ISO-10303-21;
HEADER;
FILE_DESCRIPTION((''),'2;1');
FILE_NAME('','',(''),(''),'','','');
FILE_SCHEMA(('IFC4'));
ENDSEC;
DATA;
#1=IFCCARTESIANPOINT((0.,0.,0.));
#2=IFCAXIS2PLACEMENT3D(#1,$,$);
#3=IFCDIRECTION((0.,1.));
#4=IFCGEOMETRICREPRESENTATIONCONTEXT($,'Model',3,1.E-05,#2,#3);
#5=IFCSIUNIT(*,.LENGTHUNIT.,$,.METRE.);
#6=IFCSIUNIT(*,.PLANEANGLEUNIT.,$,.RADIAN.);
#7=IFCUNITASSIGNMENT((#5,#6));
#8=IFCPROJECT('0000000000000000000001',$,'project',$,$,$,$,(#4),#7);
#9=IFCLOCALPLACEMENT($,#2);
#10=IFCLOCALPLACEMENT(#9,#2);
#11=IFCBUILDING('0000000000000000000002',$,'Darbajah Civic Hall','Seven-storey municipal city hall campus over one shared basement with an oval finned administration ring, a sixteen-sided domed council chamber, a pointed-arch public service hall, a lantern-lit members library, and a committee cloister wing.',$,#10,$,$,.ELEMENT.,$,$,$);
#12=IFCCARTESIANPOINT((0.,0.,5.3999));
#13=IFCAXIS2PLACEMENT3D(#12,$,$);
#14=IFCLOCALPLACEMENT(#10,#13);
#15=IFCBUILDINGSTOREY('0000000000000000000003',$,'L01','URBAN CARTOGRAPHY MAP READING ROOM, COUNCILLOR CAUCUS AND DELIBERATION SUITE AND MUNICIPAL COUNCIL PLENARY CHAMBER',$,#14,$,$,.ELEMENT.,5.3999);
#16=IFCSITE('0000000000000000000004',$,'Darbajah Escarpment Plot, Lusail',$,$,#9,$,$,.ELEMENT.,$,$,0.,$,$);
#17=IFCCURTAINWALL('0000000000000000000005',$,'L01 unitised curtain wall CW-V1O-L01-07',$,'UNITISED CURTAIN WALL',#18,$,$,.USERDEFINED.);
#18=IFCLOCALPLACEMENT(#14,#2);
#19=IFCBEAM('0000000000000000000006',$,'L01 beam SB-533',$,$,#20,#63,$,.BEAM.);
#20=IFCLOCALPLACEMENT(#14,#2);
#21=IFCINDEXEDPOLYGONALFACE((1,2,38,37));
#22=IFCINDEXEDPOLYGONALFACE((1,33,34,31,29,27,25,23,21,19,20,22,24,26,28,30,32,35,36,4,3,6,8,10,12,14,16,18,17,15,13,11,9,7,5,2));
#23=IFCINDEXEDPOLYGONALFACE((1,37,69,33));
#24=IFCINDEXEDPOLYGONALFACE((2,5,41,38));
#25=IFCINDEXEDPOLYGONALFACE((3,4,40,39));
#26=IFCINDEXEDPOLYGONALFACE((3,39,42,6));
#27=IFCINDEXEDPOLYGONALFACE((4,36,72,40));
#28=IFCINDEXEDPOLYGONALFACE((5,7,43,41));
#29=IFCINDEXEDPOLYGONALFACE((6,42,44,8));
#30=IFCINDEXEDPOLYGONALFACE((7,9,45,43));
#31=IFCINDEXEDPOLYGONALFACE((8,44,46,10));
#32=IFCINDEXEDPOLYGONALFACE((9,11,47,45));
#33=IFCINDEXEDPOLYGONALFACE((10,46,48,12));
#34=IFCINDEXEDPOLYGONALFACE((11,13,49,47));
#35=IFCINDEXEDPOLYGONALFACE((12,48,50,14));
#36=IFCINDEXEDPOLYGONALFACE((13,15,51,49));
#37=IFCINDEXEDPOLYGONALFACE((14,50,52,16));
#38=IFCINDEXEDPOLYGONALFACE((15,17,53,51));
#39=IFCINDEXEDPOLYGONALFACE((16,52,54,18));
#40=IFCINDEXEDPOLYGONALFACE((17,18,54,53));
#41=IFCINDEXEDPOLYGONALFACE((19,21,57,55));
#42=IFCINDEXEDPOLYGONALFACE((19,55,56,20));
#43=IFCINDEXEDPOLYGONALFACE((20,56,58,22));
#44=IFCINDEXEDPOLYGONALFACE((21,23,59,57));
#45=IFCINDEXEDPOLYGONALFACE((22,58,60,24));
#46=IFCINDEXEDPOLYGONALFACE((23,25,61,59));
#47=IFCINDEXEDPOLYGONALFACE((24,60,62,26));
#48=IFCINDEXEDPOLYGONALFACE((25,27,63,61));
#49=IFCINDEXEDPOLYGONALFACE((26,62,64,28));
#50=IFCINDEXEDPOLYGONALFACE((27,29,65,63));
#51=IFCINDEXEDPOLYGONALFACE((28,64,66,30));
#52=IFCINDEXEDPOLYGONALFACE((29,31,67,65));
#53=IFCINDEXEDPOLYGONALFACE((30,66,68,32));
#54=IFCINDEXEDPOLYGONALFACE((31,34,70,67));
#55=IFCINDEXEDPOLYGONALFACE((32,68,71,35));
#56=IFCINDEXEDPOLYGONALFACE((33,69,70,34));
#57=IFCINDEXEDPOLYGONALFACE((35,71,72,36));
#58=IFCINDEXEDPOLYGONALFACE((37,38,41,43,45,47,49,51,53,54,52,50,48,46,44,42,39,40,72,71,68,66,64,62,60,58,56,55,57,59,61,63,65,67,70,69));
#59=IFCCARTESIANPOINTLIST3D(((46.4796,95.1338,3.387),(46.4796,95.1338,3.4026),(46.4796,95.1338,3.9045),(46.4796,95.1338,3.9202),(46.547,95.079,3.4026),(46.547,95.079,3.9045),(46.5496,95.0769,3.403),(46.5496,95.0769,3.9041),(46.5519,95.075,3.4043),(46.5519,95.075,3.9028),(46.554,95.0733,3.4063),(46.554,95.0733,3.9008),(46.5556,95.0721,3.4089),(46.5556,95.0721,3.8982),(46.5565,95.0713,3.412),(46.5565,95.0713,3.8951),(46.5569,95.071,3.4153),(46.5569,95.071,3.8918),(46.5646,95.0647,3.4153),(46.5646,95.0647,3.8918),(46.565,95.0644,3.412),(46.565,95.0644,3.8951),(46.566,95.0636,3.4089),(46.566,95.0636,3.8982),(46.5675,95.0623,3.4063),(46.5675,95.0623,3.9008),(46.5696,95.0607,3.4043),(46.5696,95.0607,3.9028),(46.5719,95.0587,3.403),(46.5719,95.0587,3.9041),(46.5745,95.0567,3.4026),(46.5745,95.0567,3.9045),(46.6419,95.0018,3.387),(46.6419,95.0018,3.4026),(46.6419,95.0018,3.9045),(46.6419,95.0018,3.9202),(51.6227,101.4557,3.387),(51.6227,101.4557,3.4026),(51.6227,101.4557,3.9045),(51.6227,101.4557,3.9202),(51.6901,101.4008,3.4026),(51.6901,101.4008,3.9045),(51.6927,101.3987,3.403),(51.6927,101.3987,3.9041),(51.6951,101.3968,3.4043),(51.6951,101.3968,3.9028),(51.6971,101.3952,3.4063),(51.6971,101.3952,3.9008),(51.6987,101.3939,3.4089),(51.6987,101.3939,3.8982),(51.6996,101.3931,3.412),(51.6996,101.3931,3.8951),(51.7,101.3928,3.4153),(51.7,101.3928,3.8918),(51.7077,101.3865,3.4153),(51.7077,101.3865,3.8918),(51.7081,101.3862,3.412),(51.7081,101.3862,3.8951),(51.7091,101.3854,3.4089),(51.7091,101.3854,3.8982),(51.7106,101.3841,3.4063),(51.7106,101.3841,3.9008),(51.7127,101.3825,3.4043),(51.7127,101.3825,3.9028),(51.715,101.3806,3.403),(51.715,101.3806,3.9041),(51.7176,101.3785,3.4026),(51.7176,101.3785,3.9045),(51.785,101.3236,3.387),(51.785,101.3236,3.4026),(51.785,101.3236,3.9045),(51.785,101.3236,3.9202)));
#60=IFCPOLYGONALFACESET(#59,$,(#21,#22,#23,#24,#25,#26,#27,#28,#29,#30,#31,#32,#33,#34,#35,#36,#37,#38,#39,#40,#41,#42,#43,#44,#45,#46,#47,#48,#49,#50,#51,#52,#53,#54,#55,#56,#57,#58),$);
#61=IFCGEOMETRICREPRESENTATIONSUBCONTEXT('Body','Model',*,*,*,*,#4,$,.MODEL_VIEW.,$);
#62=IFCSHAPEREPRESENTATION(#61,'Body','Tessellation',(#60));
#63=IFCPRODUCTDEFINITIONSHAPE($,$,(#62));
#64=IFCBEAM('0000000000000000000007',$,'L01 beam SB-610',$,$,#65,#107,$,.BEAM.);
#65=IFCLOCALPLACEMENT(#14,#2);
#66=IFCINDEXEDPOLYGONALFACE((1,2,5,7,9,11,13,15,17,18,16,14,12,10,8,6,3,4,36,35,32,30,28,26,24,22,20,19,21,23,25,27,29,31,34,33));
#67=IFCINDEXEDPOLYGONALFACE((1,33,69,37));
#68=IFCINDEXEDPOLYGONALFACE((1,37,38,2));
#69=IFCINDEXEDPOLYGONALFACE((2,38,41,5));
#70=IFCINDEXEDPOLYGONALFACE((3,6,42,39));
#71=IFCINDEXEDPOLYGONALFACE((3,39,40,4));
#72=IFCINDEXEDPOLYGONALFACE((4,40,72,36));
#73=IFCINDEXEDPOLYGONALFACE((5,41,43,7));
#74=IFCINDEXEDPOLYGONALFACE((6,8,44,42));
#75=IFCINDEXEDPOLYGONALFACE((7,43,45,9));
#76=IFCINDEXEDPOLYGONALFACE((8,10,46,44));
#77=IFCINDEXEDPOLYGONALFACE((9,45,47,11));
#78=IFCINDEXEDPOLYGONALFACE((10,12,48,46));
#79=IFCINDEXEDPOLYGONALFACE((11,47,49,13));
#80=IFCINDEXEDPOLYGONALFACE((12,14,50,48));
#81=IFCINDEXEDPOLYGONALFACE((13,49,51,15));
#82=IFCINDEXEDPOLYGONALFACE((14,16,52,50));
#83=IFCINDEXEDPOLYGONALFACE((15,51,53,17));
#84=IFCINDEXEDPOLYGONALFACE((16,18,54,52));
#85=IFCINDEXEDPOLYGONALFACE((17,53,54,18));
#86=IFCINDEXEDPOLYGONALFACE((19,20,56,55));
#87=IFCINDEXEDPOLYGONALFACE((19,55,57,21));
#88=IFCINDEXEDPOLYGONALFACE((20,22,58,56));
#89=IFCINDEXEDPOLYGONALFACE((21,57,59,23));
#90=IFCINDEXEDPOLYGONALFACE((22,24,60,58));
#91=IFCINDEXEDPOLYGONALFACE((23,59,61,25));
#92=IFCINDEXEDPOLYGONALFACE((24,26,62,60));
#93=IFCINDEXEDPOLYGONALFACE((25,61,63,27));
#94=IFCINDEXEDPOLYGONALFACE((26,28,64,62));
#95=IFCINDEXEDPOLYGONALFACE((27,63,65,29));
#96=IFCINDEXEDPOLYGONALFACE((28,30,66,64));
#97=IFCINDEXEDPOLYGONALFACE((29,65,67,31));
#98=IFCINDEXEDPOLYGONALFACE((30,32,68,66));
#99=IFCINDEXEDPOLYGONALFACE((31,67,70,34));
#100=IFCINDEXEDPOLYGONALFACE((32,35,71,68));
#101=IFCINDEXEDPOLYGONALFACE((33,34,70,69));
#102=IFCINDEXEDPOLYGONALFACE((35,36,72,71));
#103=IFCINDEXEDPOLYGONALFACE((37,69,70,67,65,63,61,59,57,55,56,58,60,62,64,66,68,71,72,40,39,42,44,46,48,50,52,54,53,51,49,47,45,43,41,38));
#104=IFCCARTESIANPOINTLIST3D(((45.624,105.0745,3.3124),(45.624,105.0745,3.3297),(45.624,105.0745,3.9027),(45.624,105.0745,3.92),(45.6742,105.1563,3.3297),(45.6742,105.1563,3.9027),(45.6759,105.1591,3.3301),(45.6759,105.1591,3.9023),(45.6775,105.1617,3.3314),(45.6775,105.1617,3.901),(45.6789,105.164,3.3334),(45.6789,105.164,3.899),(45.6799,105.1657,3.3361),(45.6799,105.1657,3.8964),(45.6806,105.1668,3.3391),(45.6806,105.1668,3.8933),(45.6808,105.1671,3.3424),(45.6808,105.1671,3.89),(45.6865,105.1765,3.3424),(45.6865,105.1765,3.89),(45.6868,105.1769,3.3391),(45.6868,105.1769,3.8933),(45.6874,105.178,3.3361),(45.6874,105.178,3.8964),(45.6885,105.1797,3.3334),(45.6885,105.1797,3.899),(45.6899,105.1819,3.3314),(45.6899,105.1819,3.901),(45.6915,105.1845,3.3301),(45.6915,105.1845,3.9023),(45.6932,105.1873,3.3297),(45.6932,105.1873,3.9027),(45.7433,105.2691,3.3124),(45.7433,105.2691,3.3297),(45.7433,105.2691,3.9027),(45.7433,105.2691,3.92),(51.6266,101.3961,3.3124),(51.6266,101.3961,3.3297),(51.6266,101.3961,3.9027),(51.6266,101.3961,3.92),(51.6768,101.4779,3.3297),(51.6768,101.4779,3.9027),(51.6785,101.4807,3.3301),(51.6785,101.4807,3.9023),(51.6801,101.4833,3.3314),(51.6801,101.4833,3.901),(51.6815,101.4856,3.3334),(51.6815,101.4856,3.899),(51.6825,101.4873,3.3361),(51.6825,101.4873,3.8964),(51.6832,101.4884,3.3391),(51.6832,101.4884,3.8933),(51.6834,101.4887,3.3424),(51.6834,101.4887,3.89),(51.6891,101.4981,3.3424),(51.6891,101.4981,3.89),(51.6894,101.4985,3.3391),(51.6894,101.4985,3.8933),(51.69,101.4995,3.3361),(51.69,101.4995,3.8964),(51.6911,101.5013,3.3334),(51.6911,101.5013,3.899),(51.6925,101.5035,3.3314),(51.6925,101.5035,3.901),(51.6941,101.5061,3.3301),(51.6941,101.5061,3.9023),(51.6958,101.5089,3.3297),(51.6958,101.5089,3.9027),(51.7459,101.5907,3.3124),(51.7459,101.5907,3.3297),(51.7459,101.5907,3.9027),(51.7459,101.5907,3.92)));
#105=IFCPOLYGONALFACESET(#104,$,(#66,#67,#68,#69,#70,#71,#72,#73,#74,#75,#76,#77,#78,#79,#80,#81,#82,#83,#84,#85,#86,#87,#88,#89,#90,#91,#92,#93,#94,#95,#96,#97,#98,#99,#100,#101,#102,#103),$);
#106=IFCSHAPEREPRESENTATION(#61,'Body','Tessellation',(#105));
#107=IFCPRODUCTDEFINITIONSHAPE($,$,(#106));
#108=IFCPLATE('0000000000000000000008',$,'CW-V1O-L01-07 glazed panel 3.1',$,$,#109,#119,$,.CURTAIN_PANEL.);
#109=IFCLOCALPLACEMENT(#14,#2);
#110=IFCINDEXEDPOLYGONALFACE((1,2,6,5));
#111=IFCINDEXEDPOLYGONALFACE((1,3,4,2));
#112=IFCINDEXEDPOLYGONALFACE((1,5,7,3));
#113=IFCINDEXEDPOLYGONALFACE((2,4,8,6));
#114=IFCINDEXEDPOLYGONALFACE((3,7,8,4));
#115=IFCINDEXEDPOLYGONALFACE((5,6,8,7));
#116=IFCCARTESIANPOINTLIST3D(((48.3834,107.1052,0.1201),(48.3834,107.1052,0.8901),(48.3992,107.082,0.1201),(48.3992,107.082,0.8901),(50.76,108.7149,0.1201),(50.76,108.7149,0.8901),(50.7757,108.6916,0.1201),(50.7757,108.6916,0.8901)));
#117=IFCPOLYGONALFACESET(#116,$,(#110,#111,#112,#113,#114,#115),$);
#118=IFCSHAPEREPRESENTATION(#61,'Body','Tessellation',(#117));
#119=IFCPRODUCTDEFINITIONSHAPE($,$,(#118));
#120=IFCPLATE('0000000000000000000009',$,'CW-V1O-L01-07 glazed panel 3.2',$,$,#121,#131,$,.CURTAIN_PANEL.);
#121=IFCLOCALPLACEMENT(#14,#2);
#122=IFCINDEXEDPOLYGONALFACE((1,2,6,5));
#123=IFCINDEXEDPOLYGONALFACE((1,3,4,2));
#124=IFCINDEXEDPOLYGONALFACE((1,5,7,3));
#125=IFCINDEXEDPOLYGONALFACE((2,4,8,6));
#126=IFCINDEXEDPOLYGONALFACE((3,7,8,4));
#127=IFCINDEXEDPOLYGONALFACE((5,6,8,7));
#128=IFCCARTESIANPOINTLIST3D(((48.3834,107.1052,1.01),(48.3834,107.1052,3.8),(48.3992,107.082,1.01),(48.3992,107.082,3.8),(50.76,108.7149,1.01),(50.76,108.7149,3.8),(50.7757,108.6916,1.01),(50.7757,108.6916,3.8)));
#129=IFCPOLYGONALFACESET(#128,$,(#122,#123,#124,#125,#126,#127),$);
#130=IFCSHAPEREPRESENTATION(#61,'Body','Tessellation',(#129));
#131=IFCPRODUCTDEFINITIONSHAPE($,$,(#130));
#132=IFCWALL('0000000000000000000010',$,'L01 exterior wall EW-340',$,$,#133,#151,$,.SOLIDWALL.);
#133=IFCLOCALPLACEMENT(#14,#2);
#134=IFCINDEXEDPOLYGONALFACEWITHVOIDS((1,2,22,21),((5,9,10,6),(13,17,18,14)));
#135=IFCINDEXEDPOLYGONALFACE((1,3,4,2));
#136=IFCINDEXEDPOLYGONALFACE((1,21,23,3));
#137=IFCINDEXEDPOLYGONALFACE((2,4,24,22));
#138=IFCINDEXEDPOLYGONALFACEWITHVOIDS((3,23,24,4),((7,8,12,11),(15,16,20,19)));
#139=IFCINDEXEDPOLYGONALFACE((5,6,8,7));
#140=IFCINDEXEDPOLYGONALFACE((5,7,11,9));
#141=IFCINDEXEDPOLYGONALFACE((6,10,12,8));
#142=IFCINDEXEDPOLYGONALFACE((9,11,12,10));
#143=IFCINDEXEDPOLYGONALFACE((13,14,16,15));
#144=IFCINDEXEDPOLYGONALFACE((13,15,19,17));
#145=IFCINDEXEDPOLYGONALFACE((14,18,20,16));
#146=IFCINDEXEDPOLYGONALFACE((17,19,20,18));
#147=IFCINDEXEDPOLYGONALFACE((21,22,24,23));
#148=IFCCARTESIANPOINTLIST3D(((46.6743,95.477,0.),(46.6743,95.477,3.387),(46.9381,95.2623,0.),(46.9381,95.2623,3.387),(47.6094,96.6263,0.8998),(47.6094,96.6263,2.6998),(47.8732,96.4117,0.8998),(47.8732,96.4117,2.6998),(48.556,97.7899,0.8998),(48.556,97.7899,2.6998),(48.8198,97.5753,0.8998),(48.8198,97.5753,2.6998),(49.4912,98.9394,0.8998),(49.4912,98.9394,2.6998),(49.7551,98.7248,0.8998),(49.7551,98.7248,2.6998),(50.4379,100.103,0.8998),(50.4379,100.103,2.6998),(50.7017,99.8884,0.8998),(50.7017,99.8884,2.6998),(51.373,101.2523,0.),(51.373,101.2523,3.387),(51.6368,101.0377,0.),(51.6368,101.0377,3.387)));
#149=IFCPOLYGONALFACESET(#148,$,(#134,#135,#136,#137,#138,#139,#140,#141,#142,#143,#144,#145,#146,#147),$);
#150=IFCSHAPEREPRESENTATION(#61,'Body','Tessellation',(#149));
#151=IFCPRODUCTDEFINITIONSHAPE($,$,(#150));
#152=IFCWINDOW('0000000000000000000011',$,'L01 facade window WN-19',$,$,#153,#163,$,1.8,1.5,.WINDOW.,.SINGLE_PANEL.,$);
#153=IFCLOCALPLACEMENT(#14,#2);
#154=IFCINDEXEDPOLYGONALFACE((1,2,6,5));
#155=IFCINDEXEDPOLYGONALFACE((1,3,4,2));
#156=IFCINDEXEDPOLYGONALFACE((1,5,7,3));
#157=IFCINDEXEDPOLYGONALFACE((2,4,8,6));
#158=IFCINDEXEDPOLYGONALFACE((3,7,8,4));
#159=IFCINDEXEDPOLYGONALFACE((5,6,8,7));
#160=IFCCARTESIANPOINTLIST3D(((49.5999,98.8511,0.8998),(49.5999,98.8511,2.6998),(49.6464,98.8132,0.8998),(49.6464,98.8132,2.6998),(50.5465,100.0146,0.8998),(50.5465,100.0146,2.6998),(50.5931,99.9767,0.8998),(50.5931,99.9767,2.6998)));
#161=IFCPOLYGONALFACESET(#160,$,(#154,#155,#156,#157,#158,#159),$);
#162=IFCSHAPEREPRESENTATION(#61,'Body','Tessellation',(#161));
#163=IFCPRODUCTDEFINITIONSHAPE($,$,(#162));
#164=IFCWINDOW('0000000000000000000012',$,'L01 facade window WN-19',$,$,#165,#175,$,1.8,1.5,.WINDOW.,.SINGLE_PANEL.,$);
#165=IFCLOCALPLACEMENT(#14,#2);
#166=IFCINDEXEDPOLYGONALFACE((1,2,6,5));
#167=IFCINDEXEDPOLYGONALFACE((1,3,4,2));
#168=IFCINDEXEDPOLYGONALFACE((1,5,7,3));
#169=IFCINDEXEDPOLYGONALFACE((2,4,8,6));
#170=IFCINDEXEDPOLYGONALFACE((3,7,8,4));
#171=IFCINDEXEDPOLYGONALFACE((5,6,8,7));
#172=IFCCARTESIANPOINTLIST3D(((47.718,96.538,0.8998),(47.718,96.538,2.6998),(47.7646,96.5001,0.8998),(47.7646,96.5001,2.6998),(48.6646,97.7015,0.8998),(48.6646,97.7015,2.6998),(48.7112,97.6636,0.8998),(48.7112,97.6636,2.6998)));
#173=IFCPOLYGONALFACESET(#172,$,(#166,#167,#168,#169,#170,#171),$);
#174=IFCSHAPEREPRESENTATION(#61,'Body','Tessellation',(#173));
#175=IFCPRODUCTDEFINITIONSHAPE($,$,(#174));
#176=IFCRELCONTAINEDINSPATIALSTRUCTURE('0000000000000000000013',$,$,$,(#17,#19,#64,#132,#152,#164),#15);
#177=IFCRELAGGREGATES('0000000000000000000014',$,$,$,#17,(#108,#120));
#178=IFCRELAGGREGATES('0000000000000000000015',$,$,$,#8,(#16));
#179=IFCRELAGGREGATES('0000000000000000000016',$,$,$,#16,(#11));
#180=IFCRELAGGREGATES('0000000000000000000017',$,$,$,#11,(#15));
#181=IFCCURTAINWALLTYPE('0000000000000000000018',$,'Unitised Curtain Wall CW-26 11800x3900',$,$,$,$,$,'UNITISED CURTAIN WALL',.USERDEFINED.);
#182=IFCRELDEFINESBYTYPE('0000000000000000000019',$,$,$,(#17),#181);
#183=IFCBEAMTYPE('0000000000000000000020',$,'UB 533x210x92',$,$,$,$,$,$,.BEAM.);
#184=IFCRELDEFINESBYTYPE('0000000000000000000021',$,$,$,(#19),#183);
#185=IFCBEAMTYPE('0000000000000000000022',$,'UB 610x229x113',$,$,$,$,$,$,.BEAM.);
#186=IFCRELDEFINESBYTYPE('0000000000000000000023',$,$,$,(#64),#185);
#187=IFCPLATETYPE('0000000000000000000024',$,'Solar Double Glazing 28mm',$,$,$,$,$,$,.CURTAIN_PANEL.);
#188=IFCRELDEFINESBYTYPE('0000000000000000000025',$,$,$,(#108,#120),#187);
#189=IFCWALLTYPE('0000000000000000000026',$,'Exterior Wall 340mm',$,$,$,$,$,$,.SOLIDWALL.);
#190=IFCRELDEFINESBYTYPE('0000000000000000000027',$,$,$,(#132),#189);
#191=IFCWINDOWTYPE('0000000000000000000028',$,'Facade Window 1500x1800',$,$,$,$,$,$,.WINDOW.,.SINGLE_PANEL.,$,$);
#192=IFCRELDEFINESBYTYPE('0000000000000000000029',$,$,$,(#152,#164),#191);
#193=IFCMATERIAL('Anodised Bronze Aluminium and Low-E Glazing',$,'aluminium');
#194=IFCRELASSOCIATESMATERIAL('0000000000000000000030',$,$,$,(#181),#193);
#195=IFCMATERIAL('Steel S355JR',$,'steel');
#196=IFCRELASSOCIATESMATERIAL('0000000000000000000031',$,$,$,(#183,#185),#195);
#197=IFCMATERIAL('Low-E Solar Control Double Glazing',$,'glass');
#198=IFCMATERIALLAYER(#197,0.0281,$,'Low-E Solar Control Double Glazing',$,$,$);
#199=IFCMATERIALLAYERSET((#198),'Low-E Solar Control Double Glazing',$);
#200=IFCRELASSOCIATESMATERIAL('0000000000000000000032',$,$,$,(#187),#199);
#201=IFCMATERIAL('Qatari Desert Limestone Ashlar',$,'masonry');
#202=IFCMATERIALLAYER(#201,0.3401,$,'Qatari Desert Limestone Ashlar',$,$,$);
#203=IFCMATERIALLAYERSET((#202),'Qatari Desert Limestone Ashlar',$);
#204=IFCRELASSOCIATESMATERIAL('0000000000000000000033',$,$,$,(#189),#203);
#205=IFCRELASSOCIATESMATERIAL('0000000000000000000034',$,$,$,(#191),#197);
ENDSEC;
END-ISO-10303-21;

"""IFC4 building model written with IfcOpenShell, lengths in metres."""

from ifc_helpers import new_model, si_unit, direction, frame, frame_2d, origin, origin_2d, place, context, subcontext, project, spatial, rectangle, i_section, extrude, material, layer, layer_set, material_profile, profile_set, type_object, element, fill, aggregate, save


model = new_model("IFC4")

# Units and contexts
model_context = context("Model", 3, precision=1e-05, world=origin(), true_north=direction((0.0, 1.0)))
body_context = subcontext(model_context, "Body", "Model", "MODEL_VIEW")
ifc_project = project(units=[si_unit("LENGTHUNIT", "METRE"), si_unit("PLANEANGLEUNIT", "RADIAN")], contexts=[model_context])

# Site, building, storey
site_placement = place(None, origin())
site = spatial("IfcSite", under=ifc_project, at=site_placement, Name="Darbajah Escarpment Plot, Lusail", CompositionType="ELEMENT", RefElevation=0.0)
building_placement = place(site_placement, origin())
building = spatial("IfcBuilding", under=site, at=building_placement, Name="Darbajah Civic Hall", Description="Seven-storey municipal city hall campus over one shared basement with an oval finned administration ring, a sixteen-sided domed council chamber, a pointed-arch public service hall, a lantern-lit members library, and a committee cloister wing.", CompositionType="ELEMENT")
storey_placement = place(building_placement, frame((0.0, 0.0, 5.3999)))
storey = spatial("IfcBuildingStorey", under=building, at=storey_placement, Name="L01", Description="URBAN CARTOGRAPHY MAP READING ROOM, COUNCILLOR CAUCUS AND DELIBERATION SUITE AND MUNICIPAL COUNCIL PLENARY CHAMBER", CompositionType="ELEMENT", Elevation=5.3999)

# Curtain wall
ifc_material_1 = material(Name="Anodised Bronze Aluminium and Low-E Glazing", Category="aluminium")
curtain_wall_type = type_object("IfcCurtainWallType", Name="Unitised Curtain Wall CW-26 11800x3900", ElementType="UNITISED CURTAIN WALL", PredefinedType="USERDEFINED", material=ifc_material_1)
curtain_wall_placement = place(storey_placement, origin())
curtain_wall = element("IfcCurtainWall", 1, at=curtain_wall_placement, inside=storey, type_object=curtain_wall_type, Name="L01 unitised curtain wall CW-V1O-L01-07", ObjectType="UNITISED CURTAIN WALL", PredefinedType="USERDEFINED")

# Beams
ifc_material_2 = material(Name="Steel S355JR", Category="steel")
ifc_material_profile_1 = material_profile(ifc_material_2, i_section(OverallWidth=0.2092, OverallDepth=0.5332, WebThickness=0.01, FlangeThickness=0.0156, FilletRadius=0.0127, at=origin_2d()), Name="UB 533x210x92")
ifc_profile_set_1 = profile_set([ifc_material_profile_1], Name="Steel S355JR")
beam_type_1 = type_object("IfcBeamType", Name="UB 533x210x92", PredefinedType="BEAM", material=ifc_profile_set_1)
beam_1_placement = place(storey_placement, frame((51.7039, 101.3896, 3.6536), z_axis=(-0.631082, -0.775716, 0.0), x_axis=(0.775716, -0.631082, 0.0)))
element("IfcBeam", 2, at=beam_1_placement, inside=storey, type_object=beam_type_1, Name="L01 beam SB-533", PredefinedType="BEAM", context=body_context, shape_type="SweptSolid", body=[
    extrude(i_section(OverallWidth=0.2092, OverallDepth=0.5332, WebThickness=0.01, FlangeThickness=0.0156, FilletRadius=0.0127, at=origin_2d()), origin(), (0.0, 0.0, 1.0), 8.1497),
])
ifc_material_profile_2 = material_profile(ifc_material_2, i_section(OverallWidth=0.2283, OverallDepth=0.6077, WebThickness=0.011, FlangeThickness=0.0173, FilletRadius=0.0127, at=origin_2d()), Name="UB 610x229x113")
ifc_profile_set_2 = profile_set([ifc_material_profile_2], Name="Steel S355JR")
beam_type_2 = type_object("IfcBeamType", Name="UB 610x229x113", PredefinedType="BEAM", material=ifc_profile_set_2)
beam_2_placement = place(storey_placement, frame((51.6863, 101.4934, 3.6162), z_axis=(-0.852639, 0.5225, 0.0), x_axis=(-0.5225, -0.852639, 0.0)))
element("IfcBeam", 3, at=beam_2_placement, inside=storey, type_object=beam_type_2, Name="L01 beam SB-610", PredefinedType="BEAM", context=body_context, shape_type="SweptSolid", body=[
    extrude(i_section(OverallWidth=0.2283, OverallDepth=0.6077, WebThickness=0.011, FlangeThickness=0.0173, FilletRadius=0.0127, at=origin_2d()), origin(), (0.0, 0.0, 1.0), 7.04),
])

# Plates
ifc_material_3 = material(Name="Low-E Solar Control Double Glazing", Category="glass")
ifc_layer_1 = layer(ifc_material_3, 0.0281, Name="Low-E Solar Control Double Glazing")
ifc_layer_set_1 = layer_set([ifc_layer_1], Name="Low-E Solar Control Double Glazing")
plate_type = type_object("IfcPlateType", Name="Solar Double Glazing 28mm", PredefinedType="CURTAIN_PANEL", material=ifc_layer_set_1)
plate_1_placement = place(storey_placement, frame((49.5796, 107.8984, 0.1201), z_axis=(0.0, 0.0, 1.0), x_axis=(-0.827962, -0.560784, 0.0)))
plate_1 = element("IfcPlate", 4, at=plate_1_placement, type_object=plate_type, Name="CW-V1O-L01-07 glazed panel 3.1", PredefinedType="CURTAIN_PANEL", context=body_context, shape_type="SweptSolid", body=[
    extrude(rectangle(XDim=2.8704, YDim=0.0281, at=origin_2d()), origin(), (0.0, 0.0, 1.0), 0.77),
])
plate_2_placement = place(storey_placement, frame((49.5796, 107.8984, 1.01), z_axis=(0.0, 0.0, 1.0), x_axis=(-0.827962, -0.560784, 0.0)))
plate_2 = element("IfcPlate", 5, at=plate_2_placement, type_object=plate_type, Name="CW-V1O-L01-07 glazed panel 3.2", PredefinedType="CURTAIN_PANEL", context=body_context, shape_type="SweptSolid", body=[
    extrude(rectangle(XDim=2.8704, YDim=0.0281, at=origin_2d()), origin(), (0.0, 0.0, 1.0), 2.79),
])
aggregate(curtain_wall, [plate_1, plate_2])

# Wall, openings, windows
ifc_material_4 = material(Name="Qatari Desert Limestone Ashlar", Category="masonry")
ifc_layer_2 = layer(ifc_material_4, 0.3401, Name="Qatari Desert Limestone Ashlar")
ifc_layer_set_2 = layer_set([ifc_layer_2], Name="Qatari Desert Limestone Ashlar")
wall_type = type_object("IfcWallType", Name="Exterior Wall 340mm", PredefinedType="SOLIDWALL", material=ifc_layer_set_2)
wall_placement = place(storey_placement, frame((51.5049, 101.145, 0.0), z_axis=(0.0, 0.0, 1.0), x_axis=(-0.631096, -0.775705, 0.0)))
wall = element("IfcWall", 6, at=wall_placement, inside=storey, type_object=wall_type, Name="L01 exterior wall EW-340", PredefinedType="SOLIDWALL", context=body_context, shape_type="SweptSolid", body=[
    extrude(rectangle(XDim=7.4453, YDim=0.3401, at=frame_2d((3.7227, 0.0))), origin(), (0.0, 0.0, 1.0), 3.387),
])
opening_1_placement = place(wall_placement, frame((1.4817, 0.0, 0.8999)))
opening_1 = element("IfcOpeningElement", 7, at=opening_1_placement, cuts=wall, PredefinedType="OPENING", context=body_context, shape_type="SweptSolid", body=[
    extrude(rectangle(XDim=1.5, YDim=1.8, at=frame_2d((0.75, 0.8999))), frame((0.0, 0.1799, 0.0), z_axis=(0.0, -1.0, 0.0), x_axis=(1.0, 0.0, 0.0)), (0.0, 0.0, 1.0), 0.3601),
])
opening_2_placement = place(wall_placement, frame((4.4636, 0.0, 0.8999)))
opening_2 = element("IfcOpeningElement", 8, at=opening_2_placement, cuts=wall, PredefinedType="OPENING", context=body_context, shape_type="SweptSolid", body=[
    extrude(rectangle(XDim=1.5, YDim=1.8, at=frame_2d((0.75, 0.8999))), frame((0.0, 0.1799, 0.0), z_axis=(0.0, -1.0, 0.0), x_axis=(1.0, 0.0, 0.0)), (0.0, 0.0, 1.0), 0.3601),
])
window_type = type_object("IfcWindowType", Name="Facade Window 1500x1800", PartitioningType="SINGLE_PANEL", PredefinedType="WINDOW", material=ifc_material_3)
window_1_placement = place(opening_1_placement, origin())
window_1 = element("IfcWindow", 9, at=window_1_placement, inside=storey, type_object=window_type, Name="L01 facade window WN-19", OverallHeight=1.8, OverallWidth=1.5, PartitioningType="SINGLE_PANEL", PredefinedType="WINDOW", context=body_context, shape_type="SweptSolid", body=[
    extrude(rectangle(XDim=1.5, YDim=1.8, at=frame_2d((0.75, 0.8999))), frame((0.0, 0.03, 0.0), z_axis=(0.0, -1.0, 0.0), x_axis=(1.0, 0.0, 0.0)), (0.0, 0.0, 1.0), 0.0601),
])
fill(opening_1, window_1)
window_2_placement = place(opening_2_placement, origin())
window_2 = element("IfcWindow", 10, at=window_2_placement, inside=storey, type_object=window_type, Name="L01 facade window WN-19", OverallHeight=1.8, OverallWidth=1.5, PartitioningType="SINGLE_PANEL", PredefinedType="WINDOW", context=body_context, shape_type="SweptSolid", body=[
    extrude(rectangle(XDim=1.5, YDim=1.8, at=frame_2d((0.75, 0.8999))), frame((0.0, 0.03, 0.0), z_axis=(0.0, -1.0, 0.0), x_axis=(1.0, 0.0, 0.0)), (0.0, 0.0, 1.0), 0.0601),
])
fill(opening_2, window_2)

save(model, "model.ifc")
